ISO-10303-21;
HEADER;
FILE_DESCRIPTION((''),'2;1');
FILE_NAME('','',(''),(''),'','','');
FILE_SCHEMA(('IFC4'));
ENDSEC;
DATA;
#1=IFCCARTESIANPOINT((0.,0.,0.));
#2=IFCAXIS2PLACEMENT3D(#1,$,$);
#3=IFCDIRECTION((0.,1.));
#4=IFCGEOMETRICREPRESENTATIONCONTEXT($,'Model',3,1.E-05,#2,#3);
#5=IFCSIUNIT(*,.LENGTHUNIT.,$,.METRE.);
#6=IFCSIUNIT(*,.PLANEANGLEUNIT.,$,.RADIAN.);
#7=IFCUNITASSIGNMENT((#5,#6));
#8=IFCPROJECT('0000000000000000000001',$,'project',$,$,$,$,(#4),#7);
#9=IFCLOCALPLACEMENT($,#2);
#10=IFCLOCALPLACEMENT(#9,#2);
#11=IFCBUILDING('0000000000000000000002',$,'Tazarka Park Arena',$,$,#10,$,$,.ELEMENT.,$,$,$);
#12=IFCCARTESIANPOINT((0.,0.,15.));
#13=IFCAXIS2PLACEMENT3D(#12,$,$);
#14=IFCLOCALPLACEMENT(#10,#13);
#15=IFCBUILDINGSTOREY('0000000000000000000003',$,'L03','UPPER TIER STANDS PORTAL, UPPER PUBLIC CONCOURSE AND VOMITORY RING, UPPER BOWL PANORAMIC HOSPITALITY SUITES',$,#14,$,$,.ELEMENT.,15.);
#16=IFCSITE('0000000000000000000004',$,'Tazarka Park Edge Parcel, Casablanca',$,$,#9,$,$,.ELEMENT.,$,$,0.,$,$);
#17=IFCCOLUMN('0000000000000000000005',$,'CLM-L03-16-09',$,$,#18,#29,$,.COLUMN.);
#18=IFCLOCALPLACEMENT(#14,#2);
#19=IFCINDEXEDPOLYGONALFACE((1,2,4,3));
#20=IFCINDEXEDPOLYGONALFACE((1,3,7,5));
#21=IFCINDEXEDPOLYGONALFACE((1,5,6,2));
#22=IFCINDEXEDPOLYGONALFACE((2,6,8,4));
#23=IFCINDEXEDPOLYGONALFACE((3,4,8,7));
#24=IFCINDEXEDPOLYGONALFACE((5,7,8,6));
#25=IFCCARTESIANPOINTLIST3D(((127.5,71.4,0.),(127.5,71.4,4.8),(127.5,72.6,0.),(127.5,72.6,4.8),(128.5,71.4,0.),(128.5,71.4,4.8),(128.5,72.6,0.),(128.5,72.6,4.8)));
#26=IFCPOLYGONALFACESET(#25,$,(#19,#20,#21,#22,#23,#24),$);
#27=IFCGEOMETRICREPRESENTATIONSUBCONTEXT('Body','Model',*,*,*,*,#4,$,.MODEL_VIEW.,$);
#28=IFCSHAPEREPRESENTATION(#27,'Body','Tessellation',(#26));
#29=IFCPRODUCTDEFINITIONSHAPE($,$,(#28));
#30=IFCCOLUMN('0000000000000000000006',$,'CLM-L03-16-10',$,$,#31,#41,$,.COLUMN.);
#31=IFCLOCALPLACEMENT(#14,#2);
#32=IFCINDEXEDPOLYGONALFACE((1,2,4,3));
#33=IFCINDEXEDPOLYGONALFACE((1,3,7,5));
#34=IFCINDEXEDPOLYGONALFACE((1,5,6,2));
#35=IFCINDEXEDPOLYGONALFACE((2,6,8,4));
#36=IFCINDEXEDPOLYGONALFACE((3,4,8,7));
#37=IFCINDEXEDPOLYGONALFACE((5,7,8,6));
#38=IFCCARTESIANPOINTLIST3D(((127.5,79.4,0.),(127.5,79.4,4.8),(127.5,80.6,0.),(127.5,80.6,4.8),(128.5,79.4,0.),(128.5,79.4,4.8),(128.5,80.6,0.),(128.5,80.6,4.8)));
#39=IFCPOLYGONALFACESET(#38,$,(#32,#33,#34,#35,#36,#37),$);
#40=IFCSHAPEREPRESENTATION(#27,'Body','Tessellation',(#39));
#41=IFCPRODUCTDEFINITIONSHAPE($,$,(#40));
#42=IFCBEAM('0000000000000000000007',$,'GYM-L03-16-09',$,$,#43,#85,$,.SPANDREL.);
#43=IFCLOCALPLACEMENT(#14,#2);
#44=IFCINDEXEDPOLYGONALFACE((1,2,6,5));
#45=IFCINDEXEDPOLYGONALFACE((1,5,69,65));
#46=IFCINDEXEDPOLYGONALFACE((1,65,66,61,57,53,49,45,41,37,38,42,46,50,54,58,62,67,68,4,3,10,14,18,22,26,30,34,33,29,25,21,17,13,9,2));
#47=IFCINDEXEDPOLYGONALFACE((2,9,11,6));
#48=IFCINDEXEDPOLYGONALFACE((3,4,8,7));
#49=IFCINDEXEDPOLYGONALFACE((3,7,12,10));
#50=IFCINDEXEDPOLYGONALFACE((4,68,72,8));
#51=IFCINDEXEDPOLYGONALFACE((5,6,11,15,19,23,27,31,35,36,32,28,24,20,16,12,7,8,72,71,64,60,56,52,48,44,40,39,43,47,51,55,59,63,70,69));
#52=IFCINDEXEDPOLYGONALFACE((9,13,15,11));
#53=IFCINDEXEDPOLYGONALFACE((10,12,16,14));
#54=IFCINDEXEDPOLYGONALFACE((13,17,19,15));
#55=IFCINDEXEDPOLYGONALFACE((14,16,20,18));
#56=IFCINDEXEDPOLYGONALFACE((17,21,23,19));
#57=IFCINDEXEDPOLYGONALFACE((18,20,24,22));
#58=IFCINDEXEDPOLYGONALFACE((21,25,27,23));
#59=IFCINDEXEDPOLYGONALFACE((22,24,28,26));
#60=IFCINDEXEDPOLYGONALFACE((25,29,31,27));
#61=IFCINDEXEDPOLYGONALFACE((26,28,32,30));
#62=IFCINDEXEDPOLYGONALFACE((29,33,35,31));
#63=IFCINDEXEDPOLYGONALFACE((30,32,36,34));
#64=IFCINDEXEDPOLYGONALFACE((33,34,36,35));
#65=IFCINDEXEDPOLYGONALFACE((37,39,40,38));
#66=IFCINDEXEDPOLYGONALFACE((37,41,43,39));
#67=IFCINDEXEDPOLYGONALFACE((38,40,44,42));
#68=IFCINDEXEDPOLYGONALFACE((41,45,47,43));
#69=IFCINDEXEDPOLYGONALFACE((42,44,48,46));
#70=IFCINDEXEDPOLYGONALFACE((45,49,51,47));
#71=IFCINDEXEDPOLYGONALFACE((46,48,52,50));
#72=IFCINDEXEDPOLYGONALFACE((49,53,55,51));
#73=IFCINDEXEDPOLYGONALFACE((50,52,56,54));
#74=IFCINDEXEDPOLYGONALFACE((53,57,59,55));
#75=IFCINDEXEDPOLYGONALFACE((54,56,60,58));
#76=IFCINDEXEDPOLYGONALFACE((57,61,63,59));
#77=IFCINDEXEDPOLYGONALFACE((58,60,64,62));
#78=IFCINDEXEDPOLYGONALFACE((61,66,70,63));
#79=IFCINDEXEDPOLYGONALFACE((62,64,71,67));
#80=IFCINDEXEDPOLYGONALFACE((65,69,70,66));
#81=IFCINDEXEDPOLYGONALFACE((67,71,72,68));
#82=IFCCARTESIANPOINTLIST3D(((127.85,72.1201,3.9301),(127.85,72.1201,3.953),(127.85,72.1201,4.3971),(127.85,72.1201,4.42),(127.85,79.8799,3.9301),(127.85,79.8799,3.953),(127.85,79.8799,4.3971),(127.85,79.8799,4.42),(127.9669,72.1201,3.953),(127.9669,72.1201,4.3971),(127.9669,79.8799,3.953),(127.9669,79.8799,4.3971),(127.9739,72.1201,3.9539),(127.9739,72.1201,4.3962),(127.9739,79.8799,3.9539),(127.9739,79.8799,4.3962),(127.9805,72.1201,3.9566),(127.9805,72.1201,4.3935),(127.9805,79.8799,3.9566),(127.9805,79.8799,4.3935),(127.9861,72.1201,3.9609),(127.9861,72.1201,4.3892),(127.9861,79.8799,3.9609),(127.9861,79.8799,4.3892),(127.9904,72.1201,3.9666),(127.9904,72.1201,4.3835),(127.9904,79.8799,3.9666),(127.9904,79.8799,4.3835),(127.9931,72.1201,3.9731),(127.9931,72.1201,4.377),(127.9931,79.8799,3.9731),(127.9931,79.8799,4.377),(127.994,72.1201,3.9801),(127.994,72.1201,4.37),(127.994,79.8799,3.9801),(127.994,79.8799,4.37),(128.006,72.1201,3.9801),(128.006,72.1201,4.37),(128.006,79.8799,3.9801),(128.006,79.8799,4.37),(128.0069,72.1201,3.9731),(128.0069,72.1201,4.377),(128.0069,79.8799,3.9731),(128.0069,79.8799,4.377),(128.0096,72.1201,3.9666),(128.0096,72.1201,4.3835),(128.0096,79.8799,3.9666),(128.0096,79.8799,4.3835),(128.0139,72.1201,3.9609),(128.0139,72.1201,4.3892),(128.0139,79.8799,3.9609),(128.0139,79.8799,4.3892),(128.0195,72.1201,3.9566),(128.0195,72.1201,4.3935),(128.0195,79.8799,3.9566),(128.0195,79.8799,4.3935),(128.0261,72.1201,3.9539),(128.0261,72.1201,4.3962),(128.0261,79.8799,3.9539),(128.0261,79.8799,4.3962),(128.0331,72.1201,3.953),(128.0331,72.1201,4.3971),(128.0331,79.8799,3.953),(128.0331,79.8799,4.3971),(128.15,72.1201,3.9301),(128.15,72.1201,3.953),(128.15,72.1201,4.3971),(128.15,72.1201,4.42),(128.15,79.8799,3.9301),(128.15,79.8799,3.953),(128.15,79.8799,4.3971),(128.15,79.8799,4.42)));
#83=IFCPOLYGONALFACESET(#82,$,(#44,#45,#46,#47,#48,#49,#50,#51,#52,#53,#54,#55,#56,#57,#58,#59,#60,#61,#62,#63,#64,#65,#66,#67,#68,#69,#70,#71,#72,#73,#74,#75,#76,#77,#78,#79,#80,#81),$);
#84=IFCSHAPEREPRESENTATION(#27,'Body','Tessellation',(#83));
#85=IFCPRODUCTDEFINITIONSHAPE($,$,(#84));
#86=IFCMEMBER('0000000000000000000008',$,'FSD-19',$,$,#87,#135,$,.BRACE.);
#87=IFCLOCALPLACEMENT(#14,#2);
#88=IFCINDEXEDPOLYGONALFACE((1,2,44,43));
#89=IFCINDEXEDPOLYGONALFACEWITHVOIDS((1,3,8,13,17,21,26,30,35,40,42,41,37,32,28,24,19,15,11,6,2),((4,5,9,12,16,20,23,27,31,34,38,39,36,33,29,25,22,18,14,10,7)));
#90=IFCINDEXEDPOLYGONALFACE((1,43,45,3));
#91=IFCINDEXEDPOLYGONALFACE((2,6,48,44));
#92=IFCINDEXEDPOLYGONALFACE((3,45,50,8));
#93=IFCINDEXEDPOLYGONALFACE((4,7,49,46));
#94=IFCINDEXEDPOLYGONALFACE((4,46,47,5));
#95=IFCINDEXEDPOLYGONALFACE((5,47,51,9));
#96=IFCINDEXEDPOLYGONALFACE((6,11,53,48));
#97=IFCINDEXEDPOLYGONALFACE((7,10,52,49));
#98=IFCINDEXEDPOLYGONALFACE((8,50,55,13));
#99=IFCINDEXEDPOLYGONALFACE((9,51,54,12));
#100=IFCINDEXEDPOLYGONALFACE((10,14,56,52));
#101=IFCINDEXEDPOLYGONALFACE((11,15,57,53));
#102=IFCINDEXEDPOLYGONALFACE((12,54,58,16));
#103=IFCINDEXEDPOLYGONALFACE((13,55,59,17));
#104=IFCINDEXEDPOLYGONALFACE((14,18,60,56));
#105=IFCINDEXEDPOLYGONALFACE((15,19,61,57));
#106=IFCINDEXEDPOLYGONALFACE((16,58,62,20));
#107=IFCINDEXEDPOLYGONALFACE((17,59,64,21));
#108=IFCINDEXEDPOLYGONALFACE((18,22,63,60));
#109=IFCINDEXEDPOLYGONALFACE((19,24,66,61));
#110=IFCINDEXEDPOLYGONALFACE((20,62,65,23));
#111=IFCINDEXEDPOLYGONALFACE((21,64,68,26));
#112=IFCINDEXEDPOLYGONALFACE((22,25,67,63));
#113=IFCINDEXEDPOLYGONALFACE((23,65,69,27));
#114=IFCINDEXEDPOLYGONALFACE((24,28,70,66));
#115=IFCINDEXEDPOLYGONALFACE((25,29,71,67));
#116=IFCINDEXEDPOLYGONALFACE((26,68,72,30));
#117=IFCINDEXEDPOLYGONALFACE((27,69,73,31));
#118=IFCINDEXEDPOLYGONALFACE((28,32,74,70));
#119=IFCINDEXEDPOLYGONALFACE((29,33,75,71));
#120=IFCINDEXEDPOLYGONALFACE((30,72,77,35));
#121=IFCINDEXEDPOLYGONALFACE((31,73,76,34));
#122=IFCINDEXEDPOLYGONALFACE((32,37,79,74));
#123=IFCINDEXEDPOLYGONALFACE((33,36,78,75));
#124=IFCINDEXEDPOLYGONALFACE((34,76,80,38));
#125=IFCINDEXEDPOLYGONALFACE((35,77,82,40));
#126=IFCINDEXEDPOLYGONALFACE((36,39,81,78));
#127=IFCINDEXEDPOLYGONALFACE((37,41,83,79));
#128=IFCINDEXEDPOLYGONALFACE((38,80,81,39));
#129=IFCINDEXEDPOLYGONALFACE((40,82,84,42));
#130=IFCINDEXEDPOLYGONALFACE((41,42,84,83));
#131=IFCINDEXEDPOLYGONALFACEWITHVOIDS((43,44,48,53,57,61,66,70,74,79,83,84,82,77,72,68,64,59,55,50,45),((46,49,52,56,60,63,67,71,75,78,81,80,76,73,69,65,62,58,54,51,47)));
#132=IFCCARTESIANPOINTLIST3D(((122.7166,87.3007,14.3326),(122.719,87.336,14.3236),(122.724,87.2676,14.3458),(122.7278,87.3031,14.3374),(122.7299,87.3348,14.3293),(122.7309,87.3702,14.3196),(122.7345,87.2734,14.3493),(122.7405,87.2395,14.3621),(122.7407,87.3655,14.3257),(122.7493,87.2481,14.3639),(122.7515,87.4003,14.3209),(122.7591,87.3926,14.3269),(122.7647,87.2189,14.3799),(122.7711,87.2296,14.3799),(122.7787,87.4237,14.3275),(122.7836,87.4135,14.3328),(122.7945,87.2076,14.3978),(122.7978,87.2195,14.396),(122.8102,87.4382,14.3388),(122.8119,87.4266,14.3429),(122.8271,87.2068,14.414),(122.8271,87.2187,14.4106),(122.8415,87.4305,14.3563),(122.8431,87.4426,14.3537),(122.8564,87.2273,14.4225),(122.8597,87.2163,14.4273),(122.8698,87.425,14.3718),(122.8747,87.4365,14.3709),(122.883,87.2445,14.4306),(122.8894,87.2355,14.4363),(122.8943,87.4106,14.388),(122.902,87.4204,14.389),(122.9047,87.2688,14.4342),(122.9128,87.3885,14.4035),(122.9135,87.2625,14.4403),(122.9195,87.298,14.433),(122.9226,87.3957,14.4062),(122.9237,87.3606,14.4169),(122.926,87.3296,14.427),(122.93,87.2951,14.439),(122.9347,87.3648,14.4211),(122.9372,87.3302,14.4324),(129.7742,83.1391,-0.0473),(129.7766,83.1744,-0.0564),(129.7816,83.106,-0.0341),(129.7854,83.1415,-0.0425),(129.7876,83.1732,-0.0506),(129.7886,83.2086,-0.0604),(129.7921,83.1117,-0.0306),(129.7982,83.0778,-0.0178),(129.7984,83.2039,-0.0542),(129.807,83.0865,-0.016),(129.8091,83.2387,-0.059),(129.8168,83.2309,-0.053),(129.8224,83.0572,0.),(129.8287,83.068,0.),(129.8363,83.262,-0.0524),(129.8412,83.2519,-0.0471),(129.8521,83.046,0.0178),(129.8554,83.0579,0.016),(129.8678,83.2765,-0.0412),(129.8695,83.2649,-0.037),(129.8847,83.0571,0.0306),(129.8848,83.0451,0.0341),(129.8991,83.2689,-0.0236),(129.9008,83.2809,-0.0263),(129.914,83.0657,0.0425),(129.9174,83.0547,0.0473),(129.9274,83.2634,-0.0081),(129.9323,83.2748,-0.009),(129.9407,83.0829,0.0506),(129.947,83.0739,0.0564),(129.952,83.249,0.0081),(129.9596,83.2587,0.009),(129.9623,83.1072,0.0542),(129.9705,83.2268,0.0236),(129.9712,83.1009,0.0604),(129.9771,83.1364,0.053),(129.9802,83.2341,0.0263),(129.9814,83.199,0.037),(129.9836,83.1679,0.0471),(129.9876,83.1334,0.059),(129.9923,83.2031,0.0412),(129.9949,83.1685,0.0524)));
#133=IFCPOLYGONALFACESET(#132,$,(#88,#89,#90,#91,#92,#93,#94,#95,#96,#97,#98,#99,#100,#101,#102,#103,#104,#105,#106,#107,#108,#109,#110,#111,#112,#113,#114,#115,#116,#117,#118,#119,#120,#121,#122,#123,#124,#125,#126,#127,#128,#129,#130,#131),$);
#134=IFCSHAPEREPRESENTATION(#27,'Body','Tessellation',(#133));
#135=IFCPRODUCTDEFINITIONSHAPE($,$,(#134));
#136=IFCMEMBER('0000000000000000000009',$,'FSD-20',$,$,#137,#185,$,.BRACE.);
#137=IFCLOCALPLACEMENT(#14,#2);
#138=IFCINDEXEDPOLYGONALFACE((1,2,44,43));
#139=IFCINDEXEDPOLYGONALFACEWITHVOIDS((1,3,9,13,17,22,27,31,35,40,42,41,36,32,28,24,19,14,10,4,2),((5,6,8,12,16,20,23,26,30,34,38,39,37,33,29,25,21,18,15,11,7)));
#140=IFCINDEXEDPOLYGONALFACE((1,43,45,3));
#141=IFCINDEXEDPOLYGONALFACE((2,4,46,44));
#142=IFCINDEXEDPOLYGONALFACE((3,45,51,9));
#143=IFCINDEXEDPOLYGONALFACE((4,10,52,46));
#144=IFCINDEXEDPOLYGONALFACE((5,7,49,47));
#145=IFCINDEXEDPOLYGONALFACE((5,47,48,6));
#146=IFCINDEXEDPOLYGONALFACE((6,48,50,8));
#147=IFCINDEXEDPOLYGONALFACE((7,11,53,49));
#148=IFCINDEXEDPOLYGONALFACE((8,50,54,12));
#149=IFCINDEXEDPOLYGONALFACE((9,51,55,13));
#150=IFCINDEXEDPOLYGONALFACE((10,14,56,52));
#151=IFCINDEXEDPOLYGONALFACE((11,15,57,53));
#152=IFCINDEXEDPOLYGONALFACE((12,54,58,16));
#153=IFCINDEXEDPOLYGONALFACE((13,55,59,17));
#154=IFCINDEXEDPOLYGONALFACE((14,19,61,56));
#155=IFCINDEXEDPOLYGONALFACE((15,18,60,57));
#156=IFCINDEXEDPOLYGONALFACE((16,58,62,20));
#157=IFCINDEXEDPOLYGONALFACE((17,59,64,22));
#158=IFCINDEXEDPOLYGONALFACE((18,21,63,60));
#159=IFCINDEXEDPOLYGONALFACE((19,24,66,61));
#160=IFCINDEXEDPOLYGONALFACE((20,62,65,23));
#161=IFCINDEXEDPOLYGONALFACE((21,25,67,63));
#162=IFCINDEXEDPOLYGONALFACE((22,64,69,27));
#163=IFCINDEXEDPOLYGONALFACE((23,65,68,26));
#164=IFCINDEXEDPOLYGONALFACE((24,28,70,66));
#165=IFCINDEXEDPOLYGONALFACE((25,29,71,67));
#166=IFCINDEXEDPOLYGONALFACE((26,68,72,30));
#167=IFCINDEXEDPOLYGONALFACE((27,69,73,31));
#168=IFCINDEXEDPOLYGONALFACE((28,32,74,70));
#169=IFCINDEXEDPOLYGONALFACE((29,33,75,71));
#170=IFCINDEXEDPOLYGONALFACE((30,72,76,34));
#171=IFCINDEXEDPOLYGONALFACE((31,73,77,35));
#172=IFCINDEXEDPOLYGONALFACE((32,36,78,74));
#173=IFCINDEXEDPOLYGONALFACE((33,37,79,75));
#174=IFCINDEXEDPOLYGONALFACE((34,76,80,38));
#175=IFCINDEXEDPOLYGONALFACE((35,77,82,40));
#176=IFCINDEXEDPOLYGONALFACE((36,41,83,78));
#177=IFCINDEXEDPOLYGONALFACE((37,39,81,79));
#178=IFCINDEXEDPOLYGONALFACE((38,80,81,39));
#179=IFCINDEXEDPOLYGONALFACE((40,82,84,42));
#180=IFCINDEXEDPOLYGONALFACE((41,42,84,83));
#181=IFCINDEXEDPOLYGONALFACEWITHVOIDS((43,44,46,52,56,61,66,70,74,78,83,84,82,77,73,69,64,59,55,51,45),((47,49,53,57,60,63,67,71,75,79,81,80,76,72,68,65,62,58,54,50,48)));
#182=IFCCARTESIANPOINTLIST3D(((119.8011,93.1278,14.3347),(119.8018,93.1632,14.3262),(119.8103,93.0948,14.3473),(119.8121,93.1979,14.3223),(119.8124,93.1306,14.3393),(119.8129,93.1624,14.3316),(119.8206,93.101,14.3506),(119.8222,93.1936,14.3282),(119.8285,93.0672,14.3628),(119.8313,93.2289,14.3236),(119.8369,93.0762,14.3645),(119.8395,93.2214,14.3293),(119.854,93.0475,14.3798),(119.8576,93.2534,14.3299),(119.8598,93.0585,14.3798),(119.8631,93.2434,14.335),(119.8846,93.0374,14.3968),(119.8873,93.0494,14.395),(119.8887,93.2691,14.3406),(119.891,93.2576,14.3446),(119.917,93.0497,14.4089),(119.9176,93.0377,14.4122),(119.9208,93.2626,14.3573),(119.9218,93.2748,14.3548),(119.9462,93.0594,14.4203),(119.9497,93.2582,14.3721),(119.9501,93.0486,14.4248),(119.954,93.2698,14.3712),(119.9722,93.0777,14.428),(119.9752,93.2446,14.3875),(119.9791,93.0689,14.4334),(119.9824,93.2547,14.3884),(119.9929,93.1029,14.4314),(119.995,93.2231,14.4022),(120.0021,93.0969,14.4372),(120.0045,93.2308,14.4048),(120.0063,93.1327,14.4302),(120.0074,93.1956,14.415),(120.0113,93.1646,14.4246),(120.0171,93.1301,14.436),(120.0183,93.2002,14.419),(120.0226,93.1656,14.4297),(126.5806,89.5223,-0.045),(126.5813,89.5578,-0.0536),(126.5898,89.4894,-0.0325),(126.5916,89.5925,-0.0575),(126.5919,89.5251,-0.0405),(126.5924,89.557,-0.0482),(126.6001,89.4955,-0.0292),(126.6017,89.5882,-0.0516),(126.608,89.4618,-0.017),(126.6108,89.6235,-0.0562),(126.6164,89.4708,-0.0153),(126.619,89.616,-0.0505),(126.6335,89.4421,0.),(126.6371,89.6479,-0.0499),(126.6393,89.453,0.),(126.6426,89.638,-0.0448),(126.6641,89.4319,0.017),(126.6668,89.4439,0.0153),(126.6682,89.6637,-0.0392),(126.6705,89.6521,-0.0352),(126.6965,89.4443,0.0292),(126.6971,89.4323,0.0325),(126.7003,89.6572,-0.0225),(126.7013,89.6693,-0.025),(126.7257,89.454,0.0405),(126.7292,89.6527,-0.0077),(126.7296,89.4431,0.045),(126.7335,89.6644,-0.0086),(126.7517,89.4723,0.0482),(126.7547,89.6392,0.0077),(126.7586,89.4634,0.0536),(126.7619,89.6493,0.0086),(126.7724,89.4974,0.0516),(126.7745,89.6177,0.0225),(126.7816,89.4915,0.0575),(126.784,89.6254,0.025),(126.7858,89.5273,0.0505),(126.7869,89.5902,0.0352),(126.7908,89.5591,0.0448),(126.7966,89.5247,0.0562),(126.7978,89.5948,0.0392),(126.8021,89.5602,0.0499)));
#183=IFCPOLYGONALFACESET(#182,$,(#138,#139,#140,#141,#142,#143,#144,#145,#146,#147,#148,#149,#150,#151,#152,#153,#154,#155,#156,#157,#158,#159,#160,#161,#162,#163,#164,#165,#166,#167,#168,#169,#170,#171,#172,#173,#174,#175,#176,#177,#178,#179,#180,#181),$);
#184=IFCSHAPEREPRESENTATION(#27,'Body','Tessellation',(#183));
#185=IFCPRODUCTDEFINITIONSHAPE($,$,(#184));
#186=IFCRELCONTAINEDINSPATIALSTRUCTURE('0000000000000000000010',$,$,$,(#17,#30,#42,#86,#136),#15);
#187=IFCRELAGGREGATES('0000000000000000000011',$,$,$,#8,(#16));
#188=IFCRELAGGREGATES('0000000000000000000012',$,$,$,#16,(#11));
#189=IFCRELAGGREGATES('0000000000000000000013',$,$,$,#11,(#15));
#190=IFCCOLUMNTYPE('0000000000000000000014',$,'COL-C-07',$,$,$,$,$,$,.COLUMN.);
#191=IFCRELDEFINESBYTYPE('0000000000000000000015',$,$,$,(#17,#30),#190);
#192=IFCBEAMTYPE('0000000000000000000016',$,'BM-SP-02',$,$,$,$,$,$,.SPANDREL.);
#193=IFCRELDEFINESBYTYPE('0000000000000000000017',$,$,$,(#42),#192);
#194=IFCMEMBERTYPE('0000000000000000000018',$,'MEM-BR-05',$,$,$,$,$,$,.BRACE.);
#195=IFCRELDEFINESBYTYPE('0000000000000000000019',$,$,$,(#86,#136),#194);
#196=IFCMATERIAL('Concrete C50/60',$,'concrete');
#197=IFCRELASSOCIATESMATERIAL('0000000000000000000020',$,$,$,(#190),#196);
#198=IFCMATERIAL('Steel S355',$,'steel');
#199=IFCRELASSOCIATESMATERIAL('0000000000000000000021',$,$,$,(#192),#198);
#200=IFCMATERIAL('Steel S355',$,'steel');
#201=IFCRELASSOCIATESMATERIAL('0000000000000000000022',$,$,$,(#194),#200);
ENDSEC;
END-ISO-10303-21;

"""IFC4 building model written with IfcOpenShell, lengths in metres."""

from ifc_helpers import new_model, si_unit, direction, frame, origin, origin_2d, place, context, subcontext, project, spatial, rectangle, hollow_circle, i_section, extrude, material, material_profile, profile_set, type_object, element, save


model = new_model("IFC4")

# Units and contexts
model_context = context("Model", 3, precision=1e-05, world=origin(), true_north=direction((0.0, 1.0)))
body_context = subcontext(model_context, "Body", "Model", "MODEL_VIEW")
ifc_project = project(units=[si_unit("LENGTHUNIT", "METRE"), si_unit("PLANEANGLEUNIT", "RADIAN")], contexts=[model_context])

# Site, building, storey
site_placement = place(None, origin())
site = spatial("IfcSite", under=ifc_project, at=site_placement, Name="Tazarka Park Edge Parcel, Casablanca", CompositionType="ELEMENT", RefElevation=0.0)
building_placement = place(site_placement, origin())
building = spatial("IfcBuilding", under=site, at=building_placement, Name="Tazarka Park Arena", CompositionType="ELEMENT")
storey_placement = place(building_placement, frame((0.0, 0.0, 15.0)))
storey = spatial("IfcBuildingStorey", under=building, at=storey_placement, Name="L03", Description="UPPER TIER STANDS PORTAL, UPPER PUBLIC CONCOURSE AND VOMITORY RING, UPPER BOWL PANORAMIC HOSPITALITY SUITES", CompositionType="ELEMENT", Elevation=15.0)

# Columns
ifc_material_1 = material(Name="Concrete C50/60", Category="concrete")
ifc_material_profile_1 = material_profile(ifc_material_1, rectangle(XDim=1.0, YDim=1.2, at=origin_2d()), Name="Concrete C50/60")
ifc_profile_set_1 = profile_set([ifc_material_profile_1], Name="Concrete C50/60")
column_type = type_object("IfcColumnType", Name="COL-C-07", PredefinedType="COLUMN", material=ifc_profile_set_1)
for number, where, z_axis, x_axis, name in (
    (1, (128.0, 72.0, 0.0), (0.0, 0.0, 1.0), (1.0, 0.0, 0.0), "CLM-L03-16-09"),
    (2, (128.0, 80.0, 0.0), (0.0, 0.0, 1.0), (1.0, 0.0, 0.0), "CLM-L03-16-10"),
):
    element("IfcColumn", number, at=place(storey_placement, frame(where, z_axis=z_axis, x_axis=x_axis)), inside=storey, type_object=column_type, Name=name, PredefinedType="COLUMN", context=body_context, shape_type="SweptSolid", body=[
        extrude(rectangle(XDim=1.0, YDim=1.2, at=origin_2d()), origin(), (0.0, 0.0, 1.0), 4.8),
    ])

# Beam
ifc_material_2 = material(Name="Steel S355", Category="steel")
ifc_material_profile_2 = material_profile(ifc_material_2, i_section(OverallWidth=0.3, OverallDepth=0.49, WebThickness=0.012, FlangeThickness=0.0229, FilletRadius=0.0271, at=origin_2d()), Name="Steel S355")
ifc_profile_set_2 = profile_set([ifc_material_profile_2], Name="Steel S355")
beam_type = type_object("IfcBeamType", Name="BM-SP-02", PredefinedType="SPANDREL", material=ifc_profile_set_2)
beam_placement = place(storey_placement, frame((128.0, 72.1201, 4.175), z_axis=(0.0, 1.0, 0.0), x_axis=(-1.0, 0.0, 0.0)))
element("IfcBeam", 3, at=beam_placement, inside=storey, type_object=beam_type, Name="GYM-L03-16-09", PredefinedType="SPANDREL", context=body_context, shape_type="SweptSolid", body=[
    extrude(i_section(OverallWidth=0.3, OverallDepth=0.49, WebThickness=0.012, FlangeThickness=0.0229, FilletRadius=0.0271, at=origin_2d()), origin(), (0.0, 0.0, 1.0), 7.7598),
])

# Members
ifc_material_3 = material(Name="Steel S355", Category="steel")
ifc_material_profile_3 = material_profile(ifc_material_3, hollow_circle(Radius=0.1223, WallThickness=0.0125, at=origin_2d()), Name="Steel S355")
ifc_profile_set_3 = profile_set([ifc_material_profile_3], Name="Steel S355")
member_type_1 = type_object("IfcMemberType", Name="MEM-BR-05", PredefinedType="BRACE", material=ifc_profile_set_3)
member_1_placement = place(storey_placement, frame((129.8845, 83.1626, 0.0), z_axis=(-0.426436, 0.251454, 0.868863), x_axis=(-0.507934, -0.861396, 0.0)))
element("IfcMember", 4, at=member_1_placement, inside=storey, type_object=member_type_1, Name="FSD-19", PredefinedType="BRACE", context=body_context, shape_type="SweptSolid", body=[
    extrude(hollow_circle(Radius=0.1223, WallThickness=0.0125, at=origin_2d()), origin(), (0.0, 0.0, 1.0), 16.5503),
])
member_2_placement = place(storey_placement, frame((126.6909, 89.55, 0.0), z_axis=(-0.415882, 0.221173, 0.882114), x_axis=(-0.469545, -0.882909, 0.0)))
element("IfcMember", 5, at=member_2_placement, inside=storey, type_object=member_type_1, Name="FSD-20", PredefinedType="BRACE", context=body_context, shape_type="SweptSolid", body=[
    extrude(hollow_circle(Radius=0.1223, WallThickness=0.0125, at=origin_2d()), origin(), (0.0, 0.0, 1.0), 16.3015),
])

save(model, "model.ifc")
